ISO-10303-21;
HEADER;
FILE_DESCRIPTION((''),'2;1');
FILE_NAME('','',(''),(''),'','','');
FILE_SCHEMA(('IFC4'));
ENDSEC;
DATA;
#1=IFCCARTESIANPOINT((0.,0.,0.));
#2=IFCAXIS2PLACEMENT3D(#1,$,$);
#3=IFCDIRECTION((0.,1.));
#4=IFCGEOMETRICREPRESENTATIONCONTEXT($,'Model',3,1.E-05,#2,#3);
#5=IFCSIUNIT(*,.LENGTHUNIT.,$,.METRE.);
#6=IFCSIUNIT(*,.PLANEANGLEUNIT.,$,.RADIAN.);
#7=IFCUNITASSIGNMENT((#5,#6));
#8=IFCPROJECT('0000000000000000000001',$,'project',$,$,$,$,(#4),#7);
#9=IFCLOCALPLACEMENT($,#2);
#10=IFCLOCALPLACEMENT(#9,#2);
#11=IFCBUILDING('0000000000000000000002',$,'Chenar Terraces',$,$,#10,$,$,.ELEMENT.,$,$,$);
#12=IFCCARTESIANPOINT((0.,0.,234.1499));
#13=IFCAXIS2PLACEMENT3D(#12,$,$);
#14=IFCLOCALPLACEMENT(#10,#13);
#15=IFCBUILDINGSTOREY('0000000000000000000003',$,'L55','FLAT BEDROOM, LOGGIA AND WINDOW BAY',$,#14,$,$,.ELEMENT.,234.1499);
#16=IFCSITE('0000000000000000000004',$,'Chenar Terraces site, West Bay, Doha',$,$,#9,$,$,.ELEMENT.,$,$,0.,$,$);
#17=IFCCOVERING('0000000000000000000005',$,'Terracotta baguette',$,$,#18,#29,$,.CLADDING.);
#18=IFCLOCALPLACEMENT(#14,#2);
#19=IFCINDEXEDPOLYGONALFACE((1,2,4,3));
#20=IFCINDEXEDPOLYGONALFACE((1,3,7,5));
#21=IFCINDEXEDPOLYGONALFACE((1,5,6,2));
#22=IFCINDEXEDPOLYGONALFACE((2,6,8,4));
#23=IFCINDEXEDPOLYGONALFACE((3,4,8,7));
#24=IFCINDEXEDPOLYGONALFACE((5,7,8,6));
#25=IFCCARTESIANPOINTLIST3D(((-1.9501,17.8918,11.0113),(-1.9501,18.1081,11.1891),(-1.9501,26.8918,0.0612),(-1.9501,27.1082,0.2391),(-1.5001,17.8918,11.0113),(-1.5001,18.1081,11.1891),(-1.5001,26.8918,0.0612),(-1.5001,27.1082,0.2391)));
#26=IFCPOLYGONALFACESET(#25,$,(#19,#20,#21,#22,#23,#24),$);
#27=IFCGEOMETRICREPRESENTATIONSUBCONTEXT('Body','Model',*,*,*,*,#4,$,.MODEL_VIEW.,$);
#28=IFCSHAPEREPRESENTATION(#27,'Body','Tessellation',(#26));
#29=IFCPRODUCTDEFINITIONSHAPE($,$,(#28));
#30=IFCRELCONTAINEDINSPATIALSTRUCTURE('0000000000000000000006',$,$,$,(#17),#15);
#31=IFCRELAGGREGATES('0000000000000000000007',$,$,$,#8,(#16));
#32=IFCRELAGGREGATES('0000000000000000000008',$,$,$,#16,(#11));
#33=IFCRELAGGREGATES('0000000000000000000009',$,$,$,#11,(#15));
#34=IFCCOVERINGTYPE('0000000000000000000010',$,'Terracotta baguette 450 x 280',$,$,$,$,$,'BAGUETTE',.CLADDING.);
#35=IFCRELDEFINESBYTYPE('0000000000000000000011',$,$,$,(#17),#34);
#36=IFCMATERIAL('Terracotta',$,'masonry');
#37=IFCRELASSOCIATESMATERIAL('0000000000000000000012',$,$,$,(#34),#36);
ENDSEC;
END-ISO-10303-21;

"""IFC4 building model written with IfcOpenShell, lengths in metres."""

from ifc_helpers import new_model, si_unit, direction, frame, origin, origin_2d, place, context, subcontext, project, spatial, rectangle, extrude, material, material_profile, profile_set, type_object, element, save


model = new_model("IFC4")

# Units and contexts
model_context = context("Model", 3, precision=1e-05, world=origin(), true_north=direction((0.0, 1.0)))
body_context = subcontext(model_context, "Body", "Model", "MODEL_VIEW")
ifc_project = project(units=[si_unit("LENGTHUNIT", "METRE"), si_unit("PLANEANGLEUNIT", "RADIAN")], contexts=[model_context])

# Site, building, storey
site_placement = place(None, origin())
site = spatial("IfcSite", under=ifc_project, at=site_placement, Name="Chenar Terraces site, West Bay, Doha", CompositionType="ELEMENT", RefElevation=0.0)
building_placement = place(site_placement, origin())
building = spatial("IfcBuilding", under=site, at=building_placement, Name="Chenar Terraces", CompositionType="ELEMENT")
storey_placement = place(building_placement, frame((0.0, 0.0, 234.1499)))
storey = spatial("IfcBuildingStorey", under=building, at=storey_placement, Name="L55", Description="FLAT BEDROOM, LOGGIA AND WINDOW BAY", CompositionType="ELEMENT", Elevation=234.1499)

# Covering
ifc_material_1 = material(Name="Terracotta", Category="masonry")
ifc_material_profile_1 = material_profile(ifc_material_1, rectangle(XDim=0.45, YDim=0.28, at=origin_2d()), Name="Terracotta baguette 450 x 280")
ifc_profile_set_1 = profile_set([ifc_material_profile_1], Name="Terracotta")
covering_type = type_object("IfcCoveringType", Name="Terracotta baguette 450 x 280", ElementType="BAGUETTE", PredefinedType="CLADDING", material=ifc_profile_set_1)
for number, where, z_axis, x_axis, name in (
    (1, (-1.7251, 27.0, 0.1501), (0.0, -0.634967, 0.772539), (1.0, 0.0, 0.0), "Terracotta baguette"),
):
    element("IfcCovering", number, at=place(storey_placement, frame(where, z_axis=z_axis, x_axis=x_axis)), inside=storey, type_object=covering_type, Name=name, PredefinedType="CLADDING", context=body_context, shape_type="SweptSolid", body=[
        extrude(rectangle(XDim=0.45, YDim=0.28, at=origin_2d()), origin(), (0.0, 0.0, 1.0), 14.1741),
    ])

save(model, "model.ifc")
